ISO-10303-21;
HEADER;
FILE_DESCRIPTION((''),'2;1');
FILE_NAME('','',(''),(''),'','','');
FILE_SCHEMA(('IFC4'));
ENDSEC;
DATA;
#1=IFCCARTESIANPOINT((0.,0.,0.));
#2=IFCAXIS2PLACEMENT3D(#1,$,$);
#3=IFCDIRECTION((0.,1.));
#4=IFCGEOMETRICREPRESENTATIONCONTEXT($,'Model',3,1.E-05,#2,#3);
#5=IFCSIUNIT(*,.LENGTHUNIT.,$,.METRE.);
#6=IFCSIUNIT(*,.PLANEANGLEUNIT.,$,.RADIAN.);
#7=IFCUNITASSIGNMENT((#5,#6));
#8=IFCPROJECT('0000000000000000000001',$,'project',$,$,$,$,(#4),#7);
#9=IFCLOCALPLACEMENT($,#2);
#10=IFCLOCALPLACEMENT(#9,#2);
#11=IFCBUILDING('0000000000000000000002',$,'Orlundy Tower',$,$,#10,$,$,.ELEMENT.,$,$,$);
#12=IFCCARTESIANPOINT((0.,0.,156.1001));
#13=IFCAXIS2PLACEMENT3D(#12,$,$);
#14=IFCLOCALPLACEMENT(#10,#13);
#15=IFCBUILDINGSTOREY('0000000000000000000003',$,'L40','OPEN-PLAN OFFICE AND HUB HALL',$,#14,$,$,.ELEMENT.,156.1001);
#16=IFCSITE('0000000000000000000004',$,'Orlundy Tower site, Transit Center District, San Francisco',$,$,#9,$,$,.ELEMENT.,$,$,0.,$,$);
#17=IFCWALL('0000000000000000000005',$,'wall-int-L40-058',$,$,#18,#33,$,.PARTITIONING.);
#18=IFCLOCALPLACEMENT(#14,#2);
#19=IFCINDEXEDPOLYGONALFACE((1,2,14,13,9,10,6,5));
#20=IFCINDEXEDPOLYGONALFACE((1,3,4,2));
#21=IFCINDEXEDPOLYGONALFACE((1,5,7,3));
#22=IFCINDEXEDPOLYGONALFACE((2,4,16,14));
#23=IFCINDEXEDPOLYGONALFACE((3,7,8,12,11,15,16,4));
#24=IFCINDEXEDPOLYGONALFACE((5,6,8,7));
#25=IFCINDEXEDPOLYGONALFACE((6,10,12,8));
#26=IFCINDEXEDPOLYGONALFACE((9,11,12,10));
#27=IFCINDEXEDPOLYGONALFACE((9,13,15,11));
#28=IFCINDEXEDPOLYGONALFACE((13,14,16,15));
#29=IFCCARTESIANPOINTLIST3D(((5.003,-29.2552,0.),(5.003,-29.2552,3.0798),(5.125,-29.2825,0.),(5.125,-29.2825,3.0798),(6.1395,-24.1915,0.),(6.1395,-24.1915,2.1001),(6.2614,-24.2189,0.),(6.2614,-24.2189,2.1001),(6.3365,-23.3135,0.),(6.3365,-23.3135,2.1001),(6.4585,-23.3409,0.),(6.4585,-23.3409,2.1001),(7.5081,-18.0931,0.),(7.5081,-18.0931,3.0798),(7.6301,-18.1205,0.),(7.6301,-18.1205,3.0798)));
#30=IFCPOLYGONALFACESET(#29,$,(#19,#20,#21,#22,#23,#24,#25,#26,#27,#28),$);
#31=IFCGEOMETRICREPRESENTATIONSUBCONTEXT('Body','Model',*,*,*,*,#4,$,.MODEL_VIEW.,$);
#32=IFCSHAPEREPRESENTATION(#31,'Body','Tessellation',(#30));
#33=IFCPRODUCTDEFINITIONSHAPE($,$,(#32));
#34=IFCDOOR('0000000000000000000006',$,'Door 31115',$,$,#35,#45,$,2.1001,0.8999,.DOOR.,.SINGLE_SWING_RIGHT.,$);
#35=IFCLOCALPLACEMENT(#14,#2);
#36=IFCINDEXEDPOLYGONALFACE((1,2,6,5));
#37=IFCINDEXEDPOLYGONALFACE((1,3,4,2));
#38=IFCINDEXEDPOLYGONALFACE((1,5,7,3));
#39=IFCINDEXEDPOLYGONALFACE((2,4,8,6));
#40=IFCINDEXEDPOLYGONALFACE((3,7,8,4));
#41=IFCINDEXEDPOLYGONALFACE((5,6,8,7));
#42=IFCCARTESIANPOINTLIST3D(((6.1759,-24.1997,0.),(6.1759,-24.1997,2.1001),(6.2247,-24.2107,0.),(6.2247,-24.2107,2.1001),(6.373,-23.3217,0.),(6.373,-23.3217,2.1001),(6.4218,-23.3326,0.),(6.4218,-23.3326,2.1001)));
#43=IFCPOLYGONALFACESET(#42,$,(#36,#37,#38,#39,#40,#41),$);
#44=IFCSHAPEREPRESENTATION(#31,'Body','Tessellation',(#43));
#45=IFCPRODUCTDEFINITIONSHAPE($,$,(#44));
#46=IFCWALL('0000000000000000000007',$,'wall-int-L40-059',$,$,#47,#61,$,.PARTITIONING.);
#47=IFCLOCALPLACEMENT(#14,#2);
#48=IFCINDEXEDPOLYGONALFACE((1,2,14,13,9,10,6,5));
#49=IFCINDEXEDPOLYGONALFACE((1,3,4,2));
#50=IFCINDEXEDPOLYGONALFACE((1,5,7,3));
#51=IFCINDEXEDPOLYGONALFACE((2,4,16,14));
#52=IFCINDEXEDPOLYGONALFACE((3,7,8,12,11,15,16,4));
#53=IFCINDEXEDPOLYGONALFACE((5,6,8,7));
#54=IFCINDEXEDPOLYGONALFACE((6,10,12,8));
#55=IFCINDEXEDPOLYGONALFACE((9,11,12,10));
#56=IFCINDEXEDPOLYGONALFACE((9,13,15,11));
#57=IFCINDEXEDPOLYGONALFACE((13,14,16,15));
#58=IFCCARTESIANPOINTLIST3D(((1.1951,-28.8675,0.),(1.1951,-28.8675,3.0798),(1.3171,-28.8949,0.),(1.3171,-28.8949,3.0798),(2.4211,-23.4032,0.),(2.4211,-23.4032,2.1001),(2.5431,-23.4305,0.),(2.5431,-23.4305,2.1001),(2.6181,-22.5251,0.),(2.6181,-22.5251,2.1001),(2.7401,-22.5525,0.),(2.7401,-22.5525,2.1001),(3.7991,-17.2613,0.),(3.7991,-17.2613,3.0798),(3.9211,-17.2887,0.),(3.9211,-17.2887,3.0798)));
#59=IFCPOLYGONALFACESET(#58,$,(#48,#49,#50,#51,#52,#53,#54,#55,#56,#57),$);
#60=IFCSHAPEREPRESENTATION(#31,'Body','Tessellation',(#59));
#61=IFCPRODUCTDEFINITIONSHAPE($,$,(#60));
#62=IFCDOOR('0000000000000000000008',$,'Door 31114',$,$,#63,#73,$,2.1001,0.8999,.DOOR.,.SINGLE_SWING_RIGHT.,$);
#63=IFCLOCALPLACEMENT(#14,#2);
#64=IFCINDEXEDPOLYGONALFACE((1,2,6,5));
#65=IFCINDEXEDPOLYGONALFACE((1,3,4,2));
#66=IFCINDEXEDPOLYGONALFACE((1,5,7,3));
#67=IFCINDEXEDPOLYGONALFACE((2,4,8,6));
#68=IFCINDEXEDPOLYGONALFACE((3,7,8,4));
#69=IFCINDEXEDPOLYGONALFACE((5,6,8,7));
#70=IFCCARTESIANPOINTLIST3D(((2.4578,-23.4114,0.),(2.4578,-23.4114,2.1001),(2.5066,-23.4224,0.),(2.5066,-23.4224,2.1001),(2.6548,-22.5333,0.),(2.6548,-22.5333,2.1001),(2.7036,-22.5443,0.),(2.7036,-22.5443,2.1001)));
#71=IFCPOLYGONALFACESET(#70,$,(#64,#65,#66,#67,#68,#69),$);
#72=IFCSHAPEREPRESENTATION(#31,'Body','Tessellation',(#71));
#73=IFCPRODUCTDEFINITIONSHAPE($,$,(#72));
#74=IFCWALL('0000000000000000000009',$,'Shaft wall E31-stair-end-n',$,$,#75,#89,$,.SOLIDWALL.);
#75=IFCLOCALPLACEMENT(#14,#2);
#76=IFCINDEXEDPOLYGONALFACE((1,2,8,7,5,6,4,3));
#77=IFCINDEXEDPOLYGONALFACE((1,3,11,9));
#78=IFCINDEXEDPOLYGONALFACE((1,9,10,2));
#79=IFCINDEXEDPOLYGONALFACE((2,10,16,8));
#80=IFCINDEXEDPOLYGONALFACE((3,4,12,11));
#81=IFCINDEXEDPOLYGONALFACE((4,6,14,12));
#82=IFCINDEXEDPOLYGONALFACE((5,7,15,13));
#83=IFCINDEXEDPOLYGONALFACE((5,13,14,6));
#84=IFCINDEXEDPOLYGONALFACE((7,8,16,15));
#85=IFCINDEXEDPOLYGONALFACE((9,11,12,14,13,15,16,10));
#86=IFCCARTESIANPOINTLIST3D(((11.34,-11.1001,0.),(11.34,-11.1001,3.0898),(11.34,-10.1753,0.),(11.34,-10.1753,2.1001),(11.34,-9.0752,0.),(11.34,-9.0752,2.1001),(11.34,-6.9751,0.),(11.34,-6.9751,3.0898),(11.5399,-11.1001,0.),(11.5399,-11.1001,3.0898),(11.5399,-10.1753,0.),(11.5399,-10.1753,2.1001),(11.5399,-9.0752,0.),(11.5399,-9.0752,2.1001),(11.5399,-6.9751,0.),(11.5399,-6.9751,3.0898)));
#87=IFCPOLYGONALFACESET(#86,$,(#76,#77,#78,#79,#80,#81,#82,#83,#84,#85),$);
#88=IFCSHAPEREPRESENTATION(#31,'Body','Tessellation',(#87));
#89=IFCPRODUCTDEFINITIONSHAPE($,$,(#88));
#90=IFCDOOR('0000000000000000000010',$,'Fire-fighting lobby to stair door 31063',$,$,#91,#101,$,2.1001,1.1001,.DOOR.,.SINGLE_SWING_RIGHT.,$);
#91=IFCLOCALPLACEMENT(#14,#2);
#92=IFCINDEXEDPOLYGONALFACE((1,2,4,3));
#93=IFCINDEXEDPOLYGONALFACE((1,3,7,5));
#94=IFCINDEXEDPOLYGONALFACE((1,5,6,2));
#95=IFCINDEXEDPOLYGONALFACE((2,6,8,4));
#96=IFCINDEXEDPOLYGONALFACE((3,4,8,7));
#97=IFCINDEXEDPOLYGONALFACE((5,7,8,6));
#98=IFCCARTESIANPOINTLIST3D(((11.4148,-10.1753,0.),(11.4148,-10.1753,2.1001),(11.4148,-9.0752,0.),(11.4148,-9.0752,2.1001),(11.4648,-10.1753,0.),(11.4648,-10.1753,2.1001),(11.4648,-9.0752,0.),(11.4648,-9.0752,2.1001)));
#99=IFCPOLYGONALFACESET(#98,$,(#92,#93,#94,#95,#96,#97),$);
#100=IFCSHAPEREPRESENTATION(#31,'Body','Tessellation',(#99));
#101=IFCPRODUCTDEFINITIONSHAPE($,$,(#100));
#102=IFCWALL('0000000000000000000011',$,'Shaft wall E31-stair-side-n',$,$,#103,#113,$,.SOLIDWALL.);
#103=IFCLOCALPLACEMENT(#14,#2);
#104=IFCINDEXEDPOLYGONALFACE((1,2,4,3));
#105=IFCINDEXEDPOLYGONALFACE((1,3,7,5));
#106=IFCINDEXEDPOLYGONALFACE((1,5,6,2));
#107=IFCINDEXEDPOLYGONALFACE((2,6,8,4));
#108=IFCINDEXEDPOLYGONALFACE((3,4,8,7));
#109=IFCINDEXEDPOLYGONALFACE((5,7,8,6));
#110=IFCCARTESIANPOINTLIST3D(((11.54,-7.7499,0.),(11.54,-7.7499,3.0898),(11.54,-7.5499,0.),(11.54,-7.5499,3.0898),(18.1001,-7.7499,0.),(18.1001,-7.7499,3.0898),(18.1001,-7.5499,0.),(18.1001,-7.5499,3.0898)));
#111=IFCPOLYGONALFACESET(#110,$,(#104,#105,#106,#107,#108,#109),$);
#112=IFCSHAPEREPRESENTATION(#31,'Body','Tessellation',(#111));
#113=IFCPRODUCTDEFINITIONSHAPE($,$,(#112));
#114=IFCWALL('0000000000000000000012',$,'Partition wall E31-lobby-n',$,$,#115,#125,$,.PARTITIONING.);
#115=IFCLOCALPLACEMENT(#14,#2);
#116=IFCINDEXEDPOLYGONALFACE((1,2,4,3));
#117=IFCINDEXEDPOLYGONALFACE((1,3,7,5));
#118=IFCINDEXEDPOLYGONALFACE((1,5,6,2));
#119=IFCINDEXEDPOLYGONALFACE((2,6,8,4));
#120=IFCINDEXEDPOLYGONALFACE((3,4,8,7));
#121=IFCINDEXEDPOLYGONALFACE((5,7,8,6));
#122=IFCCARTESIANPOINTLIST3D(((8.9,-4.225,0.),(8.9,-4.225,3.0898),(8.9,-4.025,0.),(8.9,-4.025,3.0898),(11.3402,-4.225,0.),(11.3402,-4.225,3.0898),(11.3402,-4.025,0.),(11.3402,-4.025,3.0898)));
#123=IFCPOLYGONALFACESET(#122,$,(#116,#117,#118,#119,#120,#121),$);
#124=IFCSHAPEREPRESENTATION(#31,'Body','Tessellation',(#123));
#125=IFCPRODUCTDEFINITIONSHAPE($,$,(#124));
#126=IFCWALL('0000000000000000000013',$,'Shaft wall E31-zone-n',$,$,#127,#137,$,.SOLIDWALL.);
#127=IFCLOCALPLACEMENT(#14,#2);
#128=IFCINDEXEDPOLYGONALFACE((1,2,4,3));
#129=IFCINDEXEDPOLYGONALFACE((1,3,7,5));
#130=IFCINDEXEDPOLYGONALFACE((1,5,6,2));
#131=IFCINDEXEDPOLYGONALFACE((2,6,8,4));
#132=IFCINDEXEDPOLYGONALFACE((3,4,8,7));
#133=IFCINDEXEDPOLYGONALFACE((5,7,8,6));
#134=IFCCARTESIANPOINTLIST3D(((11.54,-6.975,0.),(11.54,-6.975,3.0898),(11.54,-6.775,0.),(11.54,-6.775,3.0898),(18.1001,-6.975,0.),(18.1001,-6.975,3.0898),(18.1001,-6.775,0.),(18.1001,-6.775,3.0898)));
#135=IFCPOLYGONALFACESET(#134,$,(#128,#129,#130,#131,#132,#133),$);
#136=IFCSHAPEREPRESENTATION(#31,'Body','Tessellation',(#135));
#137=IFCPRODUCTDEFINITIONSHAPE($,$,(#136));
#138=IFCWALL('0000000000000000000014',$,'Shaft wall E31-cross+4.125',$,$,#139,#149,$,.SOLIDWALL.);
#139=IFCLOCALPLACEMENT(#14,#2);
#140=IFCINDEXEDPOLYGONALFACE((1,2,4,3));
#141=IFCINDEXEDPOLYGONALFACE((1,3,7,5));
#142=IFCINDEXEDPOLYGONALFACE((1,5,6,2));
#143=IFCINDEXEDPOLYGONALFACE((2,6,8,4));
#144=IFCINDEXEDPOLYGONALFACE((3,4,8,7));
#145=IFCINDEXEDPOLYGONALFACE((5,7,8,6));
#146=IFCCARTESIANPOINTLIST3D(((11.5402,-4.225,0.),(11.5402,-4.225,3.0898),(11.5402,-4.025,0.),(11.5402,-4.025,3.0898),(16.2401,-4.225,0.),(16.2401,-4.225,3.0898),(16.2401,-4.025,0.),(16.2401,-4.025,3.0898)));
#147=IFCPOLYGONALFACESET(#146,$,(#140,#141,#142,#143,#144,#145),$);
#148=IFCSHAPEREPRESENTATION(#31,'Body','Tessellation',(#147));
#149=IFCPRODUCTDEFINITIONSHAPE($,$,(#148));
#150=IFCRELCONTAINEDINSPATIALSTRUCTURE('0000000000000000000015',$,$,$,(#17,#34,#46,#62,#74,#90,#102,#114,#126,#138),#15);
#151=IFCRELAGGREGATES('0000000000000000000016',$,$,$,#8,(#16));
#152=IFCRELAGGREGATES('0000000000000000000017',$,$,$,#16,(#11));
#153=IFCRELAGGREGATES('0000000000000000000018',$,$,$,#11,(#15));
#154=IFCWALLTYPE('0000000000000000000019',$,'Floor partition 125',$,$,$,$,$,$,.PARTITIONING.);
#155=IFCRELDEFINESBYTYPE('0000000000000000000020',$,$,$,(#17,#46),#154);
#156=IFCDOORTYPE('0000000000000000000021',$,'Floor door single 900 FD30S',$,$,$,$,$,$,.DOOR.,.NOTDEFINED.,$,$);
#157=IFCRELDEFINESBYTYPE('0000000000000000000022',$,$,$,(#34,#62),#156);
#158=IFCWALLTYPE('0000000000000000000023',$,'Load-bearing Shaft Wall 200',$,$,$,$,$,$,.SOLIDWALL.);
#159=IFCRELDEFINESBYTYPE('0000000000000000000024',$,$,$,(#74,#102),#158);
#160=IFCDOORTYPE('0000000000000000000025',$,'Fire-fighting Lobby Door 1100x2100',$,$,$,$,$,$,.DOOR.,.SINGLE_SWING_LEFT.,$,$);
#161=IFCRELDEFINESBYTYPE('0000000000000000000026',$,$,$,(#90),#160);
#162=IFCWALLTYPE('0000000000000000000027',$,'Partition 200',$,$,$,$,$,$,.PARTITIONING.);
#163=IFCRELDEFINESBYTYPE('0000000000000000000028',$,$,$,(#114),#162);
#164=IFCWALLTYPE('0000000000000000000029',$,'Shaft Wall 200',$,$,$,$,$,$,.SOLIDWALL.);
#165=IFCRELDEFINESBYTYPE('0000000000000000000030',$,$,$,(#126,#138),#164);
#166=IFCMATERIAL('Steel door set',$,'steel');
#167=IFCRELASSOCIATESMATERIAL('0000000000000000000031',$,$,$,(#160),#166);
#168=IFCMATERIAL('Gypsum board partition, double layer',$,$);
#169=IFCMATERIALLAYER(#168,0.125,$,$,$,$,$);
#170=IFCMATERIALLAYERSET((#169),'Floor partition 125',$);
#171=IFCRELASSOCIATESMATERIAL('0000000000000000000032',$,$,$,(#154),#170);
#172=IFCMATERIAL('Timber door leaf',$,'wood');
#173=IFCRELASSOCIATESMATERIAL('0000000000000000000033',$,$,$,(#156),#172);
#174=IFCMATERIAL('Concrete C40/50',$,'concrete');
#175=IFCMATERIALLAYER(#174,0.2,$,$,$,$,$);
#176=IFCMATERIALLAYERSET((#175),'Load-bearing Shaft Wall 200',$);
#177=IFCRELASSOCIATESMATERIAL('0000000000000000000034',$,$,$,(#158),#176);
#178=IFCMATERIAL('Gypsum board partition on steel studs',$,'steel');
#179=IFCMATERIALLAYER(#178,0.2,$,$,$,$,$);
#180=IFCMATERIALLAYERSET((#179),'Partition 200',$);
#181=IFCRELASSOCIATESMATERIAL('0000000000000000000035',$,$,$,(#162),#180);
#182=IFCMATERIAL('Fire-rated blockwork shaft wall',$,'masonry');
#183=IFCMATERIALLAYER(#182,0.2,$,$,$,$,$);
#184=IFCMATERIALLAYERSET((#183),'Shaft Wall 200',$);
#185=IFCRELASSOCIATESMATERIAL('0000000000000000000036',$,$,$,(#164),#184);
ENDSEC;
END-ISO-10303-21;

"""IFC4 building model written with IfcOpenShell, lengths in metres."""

from ifc_helpers import new_model, si_unit, direction, frame, frame_2d, origin, place, context, subcontext, project, spatial, rectangle, extrude, material, layer, layer_set, type_object, element, fill, save


model = new_model("IFC4")

# Units and contexts
model_context = context("Model", 3, precision=1e-05, world=origin(), true_north=direction((0.0, 1.0)))
body_context = subcontext(model_context, "Body", "Model", "MODEL_VIEW")
ifc_project = project(units=[si_unit("LENGTHUNIT", "METRE"), si_unit("PLANEANGLEUNIT", "RADIAN")], contexts=[model_context])

# Site, building, storey
site_placement = place(None, origin())
site = spatial("IfcSite", under=ifc_project, at=site_placement, Name="Orlundy Tower site, Transit Center District, San Francisco", CompositionType="ELEMENT", RefElevation=0.0)
building_placement = place(site_placement, origin())
building = spatial("IfcBuilding", under=site, at=building_placement, Name="Orlundy Tower", CompositionType="ELEMENT")
storey_placement = place(building_placement, frame((0.0, 0.0, 156.1001)))
storey = spatial("IfcBuildingStorey", under=building, at=storey_placement, Name="L40", Description="OPEN-PLAN OFFICE AND HUB HALL", CompositionType="ELEMENT", Elevation=156.1001)

# Shared definitions
ifc_material_1 = material(Name="Steel door set", Category="steel")
door_type_1 = type_object("IfcDoorType", Name="Fire-fighting Lobby Door 1100x2100", OperationType="SINGLE_SWING_LEFT", PredefinedType="DOOR", material=ifc_material_1)

# Shared definitions
ifc_material_2 = material(Name="Gypsum board partition, double layer")
ifc_layer_1 = layer(ifc_material_2, 0.125)
ifc_layer_set_1 = layer_set([ifc_layer_1], Name="Floor partition 125")
wall_type_1 = type_object("IfcWallType", Name="Floor partition 125", PredefinedType="PARTITIONING", material=ifc_layer_set_1)

# Walls, openings, doors
wall_1_placement = place(storey_placement, frame((7.5691, -18.1069, 0.0), z_axis=(0.0, 0.0, 1.0), x_axis=(-0.218984, -0.975728, 0.0)))
wall_1 = element("IfcWall", 1, at=wall_1_placement, inside=storey, type_object=wall_type_1, Name="wall-int-L40-058", PredefinedType="PARTITIONING", context=body_context, shape_type="SweptSolid", body=[
    extrude(rectangle(XDim=11.4397, YDim=0.125, at=frame_2d((5.7197, 0.0))), origin(), (0.0, 0.0, 1.0), 3.0798),
])
opening_1_placement = place(wall_1_placement, frame((5.3501, 0.0, 0.0)))
opening_1 = element("IfcOpeningElement", 2, at=opening_1_placement, cuts=wall_1, PredefinedType="OPENING", context=body_context, shape_type="SweptSolid", body=[
    extrude(rectangle(XDim=0.8999, YDim=2.1001, at=frame_2d((0.45, 1.05))), frame((0.0, 0.0725, 0.0), z_axis=(0.0, -1.0, 0.0), x_axis=(1.0, 0.0, 0.0)), (0.0, 0.0, 1.0), 0.145),
])
ifc_material_3 = material(Name="Timber door leaf", Category="wood")
door_type_2 = type_object("IfcDoorType", Name="Floor door single 900 FD30S", OperationType="NOTDEFINED", PredefinedType="DOOR", material=ifc_material_3)
door_1_placement = place(opening_1_placement, origin())
door_1 = element("IfcDoor", 3, at=door_1_placement, inside=storey, type_object=door_type_2, Name="Door 31115", OperationType="SINGLE_SWING_RIGHT", OverallHeight=2.1001, OverallWidth=0.8999, PredefinedType="DOOR", context=body_context, shape_type="SweptSolid", body=[
    extrude(rectangle(XDim=0.8999, YDim=2.1001, at=frame_2d((0.45, 1.05))), frame((0.0, 0.0249, 0.0), z_axis=(0.0, -1.0, 0.0), x_axis=(1.0, 0.0, 0.0)), (0.0, 0.0, 1.0), 0.05),
])
fill(opening_1, door_1)
wall_2_placement = place(storey_placement, frame((1.2561, -28.8811, 0.0), z_axis=(0.0, 0.0, 1.0), x_axis=(0.218921, 0.975743, 0.0)))
wall_2 = element("IfcWall", 4, at=wall_2_placement, inside=storey, type_object=wall_type_1, Name="wall-int-L40-059", PredefinedType="PARTITIONING", context=body_context, shape_type="SweptSolid", body=[
    extrude(rectangle(XDim=11.8948, YDim=0.125, at=frame_2d((5.9473, 0.0))), origin(), (0.0, 0.0, 1.0), 3.0798),
])
opening_2_placement = place(wall_2_placement, frame((5.6001, 0.0, 0.0)))
opening_2 = element("IfcOpeningElement", 5, at=opening_2_placement, cuts=wall_2, PredefinedType="OPENING", context=body_context, shape_type="SweptSolid", body=[
    extrude(rectangle(XDim=0.8999, YDim=2.1001, at=frame_2d((0.45, 1.05))), frame((0.0, 0.0725, 0.0), z_axis=(0.0, -1.0, 0.0), x_axis=(1.0, 0.0, 0.0)), (0.0, 0.0, 1.0), 0.145),
])
door_2_placement = place(opening_2_placement, origin())
door_2 = element("IfcDoor", 6, at=door_2_placement, inside=storey, type_object=door_type_2, Name="Door 31114", OperationType="SINGLE_SWING_RIGHT", OverallHeight=2.1001, OverallWidth=0.8999, PredefinedType="DOOR", context=body_context, shape_type="SweptSolid", body=[
    extrude(rectangle(XDim=0.8999, YDim=2.1001, at=frame_2d((0.45, 1.05))), frame((0.0, 0.0249, 0.0), z_axis=(0.0, -1.0, 0.0), x_axis=(1.0, 0.0, 0.0)), (0.0, 0.0, 1.0), 0.05),
])
fill(opening_2, door_2)
ifc_material_4 = material(Name="Concrete C40/50", Category="concrete")
ifc_layer_2 = layer(ifc_material_4, 0.2)
ifc_layer_set_2 = layer_set([ifc_layer_2], Name="Load-bearing Shaft Wall 200")
wall_type_2 = type_object("IfcWallType", Name="Load-bearing Shaft Wall 200", PredefinedType="SOLIDWALL", material=ifc_layer_set_2)
wall_3_placement = place(storey_placement, frame((11.4399, -6.9751, 0.0), z_axis=(0.0, 0.0, 1.0), x_axis=(0.0, -1.0, 0.0)))
wall_3 = element("IfcWall", 7, at=wall_3_placement, inside=storey, type_object=wall_type_2, Name="Shaft wall E31-stair-end-n", PredefinedType="SOLIDWALL", context=body_context, shape_type="SweptSolid", body=[
    extrude(rectangle(XDim=4.125, YDim=0.2, at=frame_2d((2.0625, 0.0))), origin(), (0.0, 0.0, 1.0), 3.0898),
])
opening_3_placement = place(wall_3_placement, frame((2.1001, 0.0, 0.0)))
opening_3 = element("IfcOpeningElement", 8, at=opening_3_placement, cuts=wall_3, PredefinedType="OPENING", context=body_context, shape_type="SweptSolid", body=[
    extrude(rectangle(XDim=1.1001, YDim=2.1001, at=frame_2d((0.55, 1.05))), frame((0.0, 0.1101, 0.0), z_axis=(0.0, -1.0, 0.0), x_axis=(1.0, 0.0, 0.0)), (0.0, 0.0, 1.0), 0.2202),
])
door_3_placement = place(opening_3_placement, origin())
door_3 = element("IfcDoor", 9, at=door_3_placement, inside=storey, type_object=door_type_1, Name="Fire-fighting lobby to stair door 31063", OperationType="SINGLE_SWING_RIGHT", OverallHeight=2.1001, OverallWidth=1.1001, PredefinedType="DOOR", context=body_context, shape_type="SweptSolid", body=[
    extrude(rectangle(XDim=1.1001, YDim=2.1001, at=frame_2d((0.55, 1.05))), frame((0.0, 0.0249, 0.0), z_axis=(0.0, -1.0, 0.0), x_axis=(1.0, 0.0, 0.0)), (0.0, 0.0, 1.0), 0.05),
])
fill(opening_3, door_3)

# Walls
wall_4_placement = place(storey_placement, frame((11.54, -7.6499, 0.0), z_axis=(0.0, 0.0, 1.0), x_axis=(1.0, 0.0, 0.0)))
element("IfcWall", 10, at=wall_4_placement, inside=storey, type_object=wall_type_2, Name="Shaft wall E31-stair-side-n", PredefinedType="SOLIDWALL", context=body_context, shape_type="SweptSolid", body=[
    extrude(rectangle(XDim=6.5601, YDim=0.2, at=frame_2d((3.28, 0.0))), origin(), (0.0, 0.0, 1.0), 3.0898),
])
ifc_material_5 = material(Name="Gypsum board partition on steel studs", Category="steel")
ifc_layer_3 = layer(ifc_material_5, 0.2)
ifc_layer_set_3 = layer_set([ifc_layer_3], Name="Partition 200")
wall_type_3 = type_object("IfcWallType", Name="Partition 200", PredefinedType="PARTITIONING", material=ifc_layer_set_3)
wall_5_placement = place(storey_placement, frame((8.8999, -4.125, 0.0), z_axis=(0.0, 0.0, 1.0), x_axis=(1.0, 0.0, 0.0)))
element("IfcWall", 11, at=wall_5_placement, inside=storey, type_object=wall_type_3, Name="Partition wall E31-lobby-n", PredefinedType="PARTITIONING", context=body_context, shape_type="SweptSolid", body=[
    extrude(rectangle(XDim=2.4402, YDim=0.2, at=frame_2d((1.2202, 0.0))), origin(), (0.0, 0.0, 1.0), 3.0898),
])
ifc_material_6 = material(Name="Fire-rated blockwork shaft wall", Category="masonry")
ifc_layer_4 = layer(ifc_material_6, 0.2)
ifc_layer_set_4 = layer_set([ifc_layer_4], Name="Shaft Wall 200")
wall_type_4 = type_object("IfcWallType", Name="Shaft Wall 200", PredefinedType="SOLIDWALL", material=ifc_layer_set_4)
wall_6_placement = place(storey_placement, frame((11.54, -6.875, 0.0), z_axis=(0.0, 0.0, 1.0), x_axis=(1.0, 0.0, 0.0)))
element("IfcWall", 12, at=wall_6_placement, inside=storey, type_object=wall_type_4, Name="Shaft wall E31-zone-n", PredefinedType="SOLIDWALL", context=body_context, shape_type="SweptSolid", body=[
    extrude(rectangle(XDim=6.5601, YDim=0.2, at=frame_2d((3.28, 0.0))), origin(), (0.0, 0.0, 1.0), 3.0898),
])
wall_7_placement = place(storey_placement, frame((11.54, -4.125, 0.0), z_axis=(0.0, 0.0, 1.0), x_axis=(1.0, 0.0, 0.0)))
element("IfcWall", 13, at=wall_7_placement, inside=storey, type_object=wall_type_4, Name="Shaft wall E31-cross+4.125", PredefinedType="SOLIDWALL", context=body_context, shape_type="SweptSolid", body=[
    extrude(rectangle(XDim=4.7, YDim=0.2, at=frame_2d((2.3501, 0.0))), origin(), (0.0, 0.0, 1.0), 3.0898),
])

save(model, "model.ifc")
